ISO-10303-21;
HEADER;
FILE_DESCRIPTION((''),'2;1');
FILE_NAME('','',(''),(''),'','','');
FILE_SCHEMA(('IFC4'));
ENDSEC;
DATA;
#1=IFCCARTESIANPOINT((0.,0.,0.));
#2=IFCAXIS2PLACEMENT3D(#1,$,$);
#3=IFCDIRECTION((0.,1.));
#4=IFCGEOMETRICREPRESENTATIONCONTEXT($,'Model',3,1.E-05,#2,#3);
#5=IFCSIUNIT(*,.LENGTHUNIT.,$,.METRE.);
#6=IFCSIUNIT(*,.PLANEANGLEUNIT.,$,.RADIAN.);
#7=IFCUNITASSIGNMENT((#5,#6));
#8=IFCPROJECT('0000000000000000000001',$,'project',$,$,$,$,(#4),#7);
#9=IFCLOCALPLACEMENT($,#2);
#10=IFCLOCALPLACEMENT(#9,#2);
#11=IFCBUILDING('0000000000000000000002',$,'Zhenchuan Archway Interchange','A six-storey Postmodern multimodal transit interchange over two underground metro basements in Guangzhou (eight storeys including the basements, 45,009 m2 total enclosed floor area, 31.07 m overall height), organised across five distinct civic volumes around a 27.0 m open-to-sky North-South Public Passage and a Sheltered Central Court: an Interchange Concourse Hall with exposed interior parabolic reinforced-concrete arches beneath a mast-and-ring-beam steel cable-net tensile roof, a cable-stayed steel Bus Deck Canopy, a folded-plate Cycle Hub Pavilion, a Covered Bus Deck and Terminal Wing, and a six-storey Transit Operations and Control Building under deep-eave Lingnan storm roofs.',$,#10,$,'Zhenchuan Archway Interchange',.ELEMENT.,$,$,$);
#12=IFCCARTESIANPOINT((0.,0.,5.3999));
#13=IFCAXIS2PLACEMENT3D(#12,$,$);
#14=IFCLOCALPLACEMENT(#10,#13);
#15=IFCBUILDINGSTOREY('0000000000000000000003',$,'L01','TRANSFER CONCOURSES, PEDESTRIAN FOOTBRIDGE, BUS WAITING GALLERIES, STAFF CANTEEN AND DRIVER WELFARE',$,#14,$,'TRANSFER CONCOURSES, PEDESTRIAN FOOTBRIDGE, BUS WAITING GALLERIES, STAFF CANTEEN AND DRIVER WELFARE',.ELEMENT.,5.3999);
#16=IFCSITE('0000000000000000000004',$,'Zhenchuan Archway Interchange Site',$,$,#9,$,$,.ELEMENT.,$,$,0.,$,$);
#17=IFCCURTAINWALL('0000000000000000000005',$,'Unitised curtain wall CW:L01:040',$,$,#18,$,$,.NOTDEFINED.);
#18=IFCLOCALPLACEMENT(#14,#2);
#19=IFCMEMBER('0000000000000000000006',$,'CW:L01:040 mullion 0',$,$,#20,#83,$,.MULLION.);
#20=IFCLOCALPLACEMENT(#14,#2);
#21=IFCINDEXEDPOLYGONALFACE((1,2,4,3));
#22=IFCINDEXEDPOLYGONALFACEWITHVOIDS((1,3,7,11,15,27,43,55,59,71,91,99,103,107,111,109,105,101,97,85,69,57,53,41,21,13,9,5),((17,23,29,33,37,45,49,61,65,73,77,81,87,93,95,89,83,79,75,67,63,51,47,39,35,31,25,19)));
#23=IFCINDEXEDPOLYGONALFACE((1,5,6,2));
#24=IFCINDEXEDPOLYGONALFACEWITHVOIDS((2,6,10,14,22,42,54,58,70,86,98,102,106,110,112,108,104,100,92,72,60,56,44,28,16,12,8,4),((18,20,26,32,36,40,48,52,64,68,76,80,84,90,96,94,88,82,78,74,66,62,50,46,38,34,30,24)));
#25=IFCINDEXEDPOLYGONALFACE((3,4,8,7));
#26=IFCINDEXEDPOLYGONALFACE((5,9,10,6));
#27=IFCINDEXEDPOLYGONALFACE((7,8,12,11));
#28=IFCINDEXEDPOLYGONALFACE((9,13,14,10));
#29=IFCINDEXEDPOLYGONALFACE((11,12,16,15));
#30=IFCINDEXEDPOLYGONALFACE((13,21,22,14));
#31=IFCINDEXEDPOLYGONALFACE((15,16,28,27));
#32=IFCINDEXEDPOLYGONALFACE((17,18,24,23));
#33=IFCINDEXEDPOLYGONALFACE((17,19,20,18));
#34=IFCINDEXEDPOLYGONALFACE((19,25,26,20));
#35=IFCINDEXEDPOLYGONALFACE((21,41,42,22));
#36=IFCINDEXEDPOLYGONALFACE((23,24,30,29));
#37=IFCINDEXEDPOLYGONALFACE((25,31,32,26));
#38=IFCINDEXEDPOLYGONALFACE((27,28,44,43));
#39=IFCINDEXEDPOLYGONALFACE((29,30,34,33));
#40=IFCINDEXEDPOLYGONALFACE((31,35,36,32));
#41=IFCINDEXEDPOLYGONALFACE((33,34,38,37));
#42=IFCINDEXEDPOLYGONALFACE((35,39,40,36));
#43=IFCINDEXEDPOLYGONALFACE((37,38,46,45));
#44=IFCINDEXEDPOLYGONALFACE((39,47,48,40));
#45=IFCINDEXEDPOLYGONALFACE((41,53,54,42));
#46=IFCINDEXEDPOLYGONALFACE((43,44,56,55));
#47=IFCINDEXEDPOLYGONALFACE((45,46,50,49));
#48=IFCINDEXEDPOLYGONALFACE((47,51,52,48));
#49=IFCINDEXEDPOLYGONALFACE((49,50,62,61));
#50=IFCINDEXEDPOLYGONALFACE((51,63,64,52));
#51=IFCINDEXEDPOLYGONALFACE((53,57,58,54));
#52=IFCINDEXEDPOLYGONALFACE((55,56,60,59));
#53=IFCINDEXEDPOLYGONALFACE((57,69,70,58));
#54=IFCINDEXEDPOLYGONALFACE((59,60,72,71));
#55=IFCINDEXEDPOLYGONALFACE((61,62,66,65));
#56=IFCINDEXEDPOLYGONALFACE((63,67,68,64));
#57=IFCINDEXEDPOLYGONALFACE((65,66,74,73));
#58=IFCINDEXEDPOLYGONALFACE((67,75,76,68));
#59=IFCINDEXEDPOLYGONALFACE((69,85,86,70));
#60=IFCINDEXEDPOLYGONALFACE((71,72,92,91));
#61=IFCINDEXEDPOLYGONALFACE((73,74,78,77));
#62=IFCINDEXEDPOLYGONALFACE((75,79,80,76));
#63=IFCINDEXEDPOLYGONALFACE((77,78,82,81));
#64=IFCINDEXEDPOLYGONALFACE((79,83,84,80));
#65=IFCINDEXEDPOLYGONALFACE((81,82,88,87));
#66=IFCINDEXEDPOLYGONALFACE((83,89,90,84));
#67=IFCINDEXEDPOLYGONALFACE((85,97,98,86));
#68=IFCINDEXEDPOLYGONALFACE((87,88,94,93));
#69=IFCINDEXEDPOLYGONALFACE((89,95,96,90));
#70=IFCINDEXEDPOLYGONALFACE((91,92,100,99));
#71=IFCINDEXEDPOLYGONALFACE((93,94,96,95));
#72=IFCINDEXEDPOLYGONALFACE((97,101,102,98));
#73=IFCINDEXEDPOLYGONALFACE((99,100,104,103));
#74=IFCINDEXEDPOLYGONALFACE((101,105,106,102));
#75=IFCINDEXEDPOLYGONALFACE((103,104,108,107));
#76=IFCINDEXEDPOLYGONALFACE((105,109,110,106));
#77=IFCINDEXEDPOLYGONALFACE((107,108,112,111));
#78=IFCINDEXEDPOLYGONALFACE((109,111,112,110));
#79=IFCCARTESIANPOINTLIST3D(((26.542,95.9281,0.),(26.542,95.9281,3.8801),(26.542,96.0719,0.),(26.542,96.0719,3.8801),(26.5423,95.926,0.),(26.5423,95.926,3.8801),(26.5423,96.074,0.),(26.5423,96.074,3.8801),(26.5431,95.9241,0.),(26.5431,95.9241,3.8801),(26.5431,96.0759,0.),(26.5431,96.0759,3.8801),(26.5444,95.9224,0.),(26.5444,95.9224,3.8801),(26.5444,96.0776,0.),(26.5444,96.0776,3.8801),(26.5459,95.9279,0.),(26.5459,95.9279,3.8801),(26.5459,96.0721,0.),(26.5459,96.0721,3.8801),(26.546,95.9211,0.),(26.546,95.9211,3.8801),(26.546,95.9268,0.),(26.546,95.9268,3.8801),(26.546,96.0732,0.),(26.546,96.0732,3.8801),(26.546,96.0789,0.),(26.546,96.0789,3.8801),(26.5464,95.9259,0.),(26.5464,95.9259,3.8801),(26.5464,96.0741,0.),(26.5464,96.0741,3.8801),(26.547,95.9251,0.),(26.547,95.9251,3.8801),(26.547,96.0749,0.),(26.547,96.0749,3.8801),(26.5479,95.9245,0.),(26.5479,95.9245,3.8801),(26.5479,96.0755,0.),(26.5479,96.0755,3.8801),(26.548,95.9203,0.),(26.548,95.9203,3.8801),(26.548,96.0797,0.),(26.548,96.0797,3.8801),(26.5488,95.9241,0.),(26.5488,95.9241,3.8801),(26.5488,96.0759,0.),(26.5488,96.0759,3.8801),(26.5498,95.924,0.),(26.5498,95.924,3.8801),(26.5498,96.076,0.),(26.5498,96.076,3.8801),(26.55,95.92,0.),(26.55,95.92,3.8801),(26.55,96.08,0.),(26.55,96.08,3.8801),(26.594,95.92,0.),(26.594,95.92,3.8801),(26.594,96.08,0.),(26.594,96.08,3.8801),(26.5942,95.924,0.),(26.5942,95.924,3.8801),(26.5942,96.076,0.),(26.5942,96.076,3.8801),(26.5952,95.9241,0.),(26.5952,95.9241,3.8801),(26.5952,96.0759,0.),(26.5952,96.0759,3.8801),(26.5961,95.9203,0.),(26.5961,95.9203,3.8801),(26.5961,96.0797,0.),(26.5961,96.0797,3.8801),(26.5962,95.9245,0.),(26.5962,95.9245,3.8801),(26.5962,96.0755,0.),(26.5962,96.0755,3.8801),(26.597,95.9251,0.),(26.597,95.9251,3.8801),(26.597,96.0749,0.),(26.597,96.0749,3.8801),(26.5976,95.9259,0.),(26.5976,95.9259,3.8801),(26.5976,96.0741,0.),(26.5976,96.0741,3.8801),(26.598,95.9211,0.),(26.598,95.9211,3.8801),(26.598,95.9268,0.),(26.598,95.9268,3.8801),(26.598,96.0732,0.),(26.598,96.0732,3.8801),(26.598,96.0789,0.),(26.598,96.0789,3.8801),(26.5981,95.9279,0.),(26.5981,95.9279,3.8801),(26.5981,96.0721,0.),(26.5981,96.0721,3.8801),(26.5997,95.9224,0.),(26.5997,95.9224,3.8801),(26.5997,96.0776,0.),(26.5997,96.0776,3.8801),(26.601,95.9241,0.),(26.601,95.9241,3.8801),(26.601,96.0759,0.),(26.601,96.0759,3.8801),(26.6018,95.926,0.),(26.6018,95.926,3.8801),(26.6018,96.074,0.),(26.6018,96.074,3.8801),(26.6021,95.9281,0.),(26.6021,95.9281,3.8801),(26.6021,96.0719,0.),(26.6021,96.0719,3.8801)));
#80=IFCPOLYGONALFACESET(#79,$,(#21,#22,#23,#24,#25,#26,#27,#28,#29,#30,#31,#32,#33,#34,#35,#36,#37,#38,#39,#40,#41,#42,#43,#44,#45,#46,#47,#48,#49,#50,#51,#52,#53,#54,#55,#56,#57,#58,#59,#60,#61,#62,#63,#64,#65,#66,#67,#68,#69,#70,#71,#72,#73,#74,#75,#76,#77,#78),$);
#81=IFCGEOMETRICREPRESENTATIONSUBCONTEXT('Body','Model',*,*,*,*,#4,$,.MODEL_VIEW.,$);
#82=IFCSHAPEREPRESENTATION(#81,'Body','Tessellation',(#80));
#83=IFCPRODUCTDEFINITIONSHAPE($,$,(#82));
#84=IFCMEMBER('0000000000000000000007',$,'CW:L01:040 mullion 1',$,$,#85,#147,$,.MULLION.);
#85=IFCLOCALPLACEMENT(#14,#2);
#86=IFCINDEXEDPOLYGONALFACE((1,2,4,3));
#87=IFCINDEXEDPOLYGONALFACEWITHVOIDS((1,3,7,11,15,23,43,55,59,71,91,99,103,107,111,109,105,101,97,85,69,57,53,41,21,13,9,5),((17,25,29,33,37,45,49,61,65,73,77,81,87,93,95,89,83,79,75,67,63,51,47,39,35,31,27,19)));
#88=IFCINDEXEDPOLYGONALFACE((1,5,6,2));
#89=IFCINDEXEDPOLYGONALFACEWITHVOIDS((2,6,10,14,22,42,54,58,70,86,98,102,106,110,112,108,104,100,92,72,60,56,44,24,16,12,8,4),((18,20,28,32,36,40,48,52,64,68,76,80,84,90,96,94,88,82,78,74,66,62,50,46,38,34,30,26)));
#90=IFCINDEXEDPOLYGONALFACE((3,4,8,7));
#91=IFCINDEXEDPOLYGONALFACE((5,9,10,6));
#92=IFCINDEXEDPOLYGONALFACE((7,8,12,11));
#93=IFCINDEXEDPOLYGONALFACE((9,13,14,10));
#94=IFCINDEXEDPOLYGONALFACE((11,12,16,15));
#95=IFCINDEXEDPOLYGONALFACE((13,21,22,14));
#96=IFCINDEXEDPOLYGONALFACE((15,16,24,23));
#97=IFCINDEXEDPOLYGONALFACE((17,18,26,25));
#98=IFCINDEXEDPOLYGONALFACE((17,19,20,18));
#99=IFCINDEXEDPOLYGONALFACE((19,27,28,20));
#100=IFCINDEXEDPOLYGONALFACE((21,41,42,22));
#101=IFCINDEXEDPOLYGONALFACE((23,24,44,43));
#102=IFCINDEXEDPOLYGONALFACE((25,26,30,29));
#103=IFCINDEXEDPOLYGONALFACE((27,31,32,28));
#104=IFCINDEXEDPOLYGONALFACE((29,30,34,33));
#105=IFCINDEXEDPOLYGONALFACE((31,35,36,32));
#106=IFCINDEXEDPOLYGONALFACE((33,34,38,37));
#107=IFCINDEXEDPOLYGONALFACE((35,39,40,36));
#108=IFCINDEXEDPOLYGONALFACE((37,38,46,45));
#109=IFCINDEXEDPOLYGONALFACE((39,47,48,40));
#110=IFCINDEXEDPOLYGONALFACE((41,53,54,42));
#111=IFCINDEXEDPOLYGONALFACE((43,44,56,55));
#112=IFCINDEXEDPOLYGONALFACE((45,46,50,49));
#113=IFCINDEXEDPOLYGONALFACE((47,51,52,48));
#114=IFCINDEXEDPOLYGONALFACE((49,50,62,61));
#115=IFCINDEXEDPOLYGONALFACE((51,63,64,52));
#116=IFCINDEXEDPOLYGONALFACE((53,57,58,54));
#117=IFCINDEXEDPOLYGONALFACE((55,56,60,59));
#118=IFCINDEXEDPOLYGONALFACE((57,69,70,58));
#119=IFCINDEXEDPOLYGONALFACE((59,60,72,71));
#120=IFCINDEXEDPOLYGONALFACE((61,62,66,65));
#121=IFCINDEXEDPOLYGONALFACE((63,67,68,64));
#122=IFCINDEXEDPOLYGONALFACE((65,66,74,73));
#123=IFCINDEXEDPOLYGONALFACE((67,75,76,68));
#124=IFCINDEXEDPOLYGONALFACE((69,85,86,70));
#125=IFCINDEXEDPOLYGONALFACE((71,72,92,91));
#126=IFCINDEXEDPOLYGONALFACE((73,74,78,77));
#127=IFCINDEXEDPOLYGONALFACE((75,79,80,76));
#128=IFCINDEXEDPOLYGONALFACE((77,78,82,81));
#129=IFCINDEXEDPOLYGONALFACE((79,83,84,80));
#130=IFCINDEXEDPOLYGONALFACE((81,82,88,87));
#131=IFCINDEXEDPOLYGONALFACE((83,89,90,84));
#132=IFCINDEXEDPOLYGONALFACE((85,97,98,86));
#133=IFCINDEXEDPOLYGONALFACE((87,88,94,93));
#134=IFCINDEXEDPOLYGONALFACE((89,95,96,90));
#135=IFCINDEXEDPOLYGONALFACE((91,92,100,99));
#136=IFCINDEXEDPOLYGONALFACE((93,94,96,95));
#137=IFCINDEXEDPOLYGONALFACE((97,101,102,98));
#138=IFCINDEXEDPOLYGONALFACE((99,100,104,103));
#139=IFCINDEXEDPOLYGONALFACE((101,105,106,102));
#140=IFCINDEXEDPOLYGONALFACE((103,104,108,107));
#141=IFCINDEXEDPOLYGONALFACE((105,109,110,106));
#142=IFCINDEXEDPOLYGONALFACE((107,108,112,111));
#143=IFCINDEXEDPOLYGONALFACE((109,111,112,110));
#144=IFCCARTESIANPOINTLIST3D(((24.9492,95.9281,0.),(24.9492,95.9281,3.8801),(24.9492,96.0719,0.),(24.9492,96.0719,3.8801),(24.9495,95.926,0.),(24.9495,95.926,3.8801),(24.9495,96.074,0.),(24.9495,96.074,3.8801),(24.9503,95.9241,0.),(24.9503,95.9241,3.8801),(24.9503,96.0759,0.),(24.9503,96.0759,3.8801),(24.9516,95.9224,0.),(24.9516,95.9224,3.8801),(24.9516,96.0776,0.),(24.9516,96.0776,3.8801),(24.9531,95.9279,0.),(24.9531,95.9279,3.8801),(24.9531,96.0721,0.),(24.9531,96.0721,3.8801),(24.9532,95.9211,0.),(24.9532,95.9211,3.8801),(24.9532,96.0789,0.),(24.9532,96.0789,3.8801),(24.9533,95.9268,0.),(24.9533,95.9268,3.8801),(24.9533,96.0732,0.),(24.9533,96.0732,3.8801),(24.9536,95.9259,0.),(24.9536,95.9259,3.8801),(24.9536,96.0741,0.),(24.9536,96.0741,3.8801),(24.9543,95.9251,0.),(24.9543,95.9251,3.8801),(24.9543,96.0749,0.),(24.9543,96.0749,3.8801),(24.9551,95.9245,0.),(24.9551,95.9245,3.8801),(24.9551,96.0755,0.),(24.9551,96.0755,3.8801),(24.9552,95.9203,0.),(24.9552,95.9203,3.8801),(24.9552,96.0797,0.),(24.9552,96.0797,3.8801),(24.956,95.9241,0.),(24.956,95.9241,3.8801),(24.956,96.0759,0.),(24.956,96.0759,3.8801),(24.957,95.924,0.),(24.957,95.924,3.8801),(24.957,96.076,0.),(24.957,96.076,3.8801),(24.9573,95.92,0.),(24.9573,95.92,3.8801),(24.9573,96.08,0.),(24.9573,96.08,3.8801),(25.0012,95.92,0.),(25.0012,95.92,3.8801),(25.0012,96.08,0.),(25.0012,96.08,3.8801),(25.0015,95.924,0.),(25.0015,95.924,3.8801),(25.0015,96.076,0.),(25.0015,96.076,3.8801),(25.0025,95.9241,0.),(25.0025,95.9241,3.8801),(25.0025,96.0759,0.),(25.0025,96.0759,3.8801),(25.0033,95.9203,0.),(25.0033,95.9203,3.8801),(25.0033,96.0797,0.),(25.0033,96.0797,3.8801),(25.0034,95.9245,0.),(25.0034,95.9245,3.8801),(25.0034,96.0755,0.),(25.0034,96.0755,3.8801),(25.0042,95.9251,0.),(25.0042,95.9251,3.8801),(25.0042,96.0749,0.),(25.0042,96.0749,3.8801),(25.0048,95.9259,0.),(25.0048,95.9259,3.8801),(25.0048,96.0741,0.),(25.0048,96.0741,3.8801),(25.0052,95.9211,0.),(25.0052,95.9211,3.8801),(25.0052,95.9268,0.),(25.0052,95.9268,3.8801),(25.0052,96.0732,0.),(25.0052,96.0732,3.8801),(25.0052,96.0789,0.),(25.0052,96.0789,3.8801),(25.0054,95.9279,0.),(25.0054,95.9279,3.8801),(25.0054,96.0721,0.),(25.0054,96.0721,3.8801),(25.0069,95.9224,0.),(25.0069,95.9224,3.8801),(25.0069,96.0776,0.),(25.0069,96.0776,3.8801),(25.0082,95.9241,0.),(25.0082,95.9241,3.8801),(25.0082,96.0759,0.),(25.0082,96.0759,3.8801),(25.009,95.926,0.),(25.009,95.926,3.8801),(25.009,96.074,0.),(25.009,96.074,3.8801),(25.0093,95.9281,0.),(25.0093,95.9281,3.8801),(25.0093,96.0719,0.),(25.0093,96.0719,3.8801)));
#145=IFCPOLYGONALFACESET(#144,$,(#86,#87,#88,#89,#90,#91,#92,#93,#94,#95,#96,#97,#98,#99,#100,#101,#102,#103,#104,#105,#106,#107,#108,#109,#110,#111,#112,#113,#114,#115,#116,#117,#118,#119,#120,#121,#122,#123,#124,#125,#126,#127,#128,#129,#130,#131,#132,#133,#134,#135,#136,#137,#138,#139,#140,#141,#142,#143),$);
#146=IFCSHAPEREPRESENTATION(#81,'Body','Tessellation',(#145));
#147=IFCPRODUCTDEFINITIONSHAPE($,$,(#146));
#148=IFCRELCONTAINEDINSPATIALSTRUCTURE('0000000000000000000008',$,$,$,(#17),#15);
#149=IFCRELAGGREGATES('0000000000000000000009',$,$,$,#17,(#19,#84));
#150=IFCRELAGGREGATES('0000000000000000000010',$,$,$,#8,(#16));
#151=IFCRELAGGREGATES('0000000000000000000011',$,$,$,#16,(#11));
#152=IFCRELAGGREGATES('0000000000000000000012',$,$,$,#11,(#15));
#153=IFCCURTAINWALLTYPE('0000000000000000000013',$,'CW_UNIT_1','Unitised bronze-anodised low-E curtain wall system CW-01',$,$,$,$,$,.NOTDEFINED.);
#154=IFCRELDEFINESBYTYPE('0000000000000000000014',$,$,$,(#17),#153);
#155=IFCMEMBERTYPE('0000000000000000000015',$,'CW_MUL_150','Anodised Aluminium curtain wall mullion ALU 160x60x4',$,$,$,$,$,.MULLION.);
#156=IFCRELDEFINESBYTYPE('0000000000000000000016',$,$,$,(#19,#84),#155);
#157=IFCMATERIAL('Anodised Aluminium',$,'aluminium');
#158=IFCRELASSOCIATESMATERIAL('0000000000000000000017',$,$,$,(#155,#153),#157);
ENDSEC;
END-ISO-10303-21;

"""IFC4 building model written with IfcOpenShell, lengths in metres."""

from ifc_helpers import new_model, si_unit, direction, frame, origin, origin_2d, place, context, subcontext, project, spatial, hollow_rectangle, extrude, material, material_profile, profile_set, type_object, element, aggregate, save


model = new_model("IFC4")

# Units and contexts
model_context = context("Model", 3, precision=1e-05, world=origin(), true_north=direction((0.0, 1.0)))
body_context = subcontext(model_context, "Body", "Model", "MODEL_VIEW")
ifc_project = project(units=[si_unit("LENGTHUNIT", "METRE"), si_unit("PLANEANGLEUNIT", "RADIAN")], contexts=[model_context])

# Site, building, storey
site_placement = place(None, origin())
site = spatial("IfcSite", under=ifc_project, at=site_placement, Name="Zhenchuan Archway Interchange Site", CompositionType="ELEMENT", RefElevation=0.0)
building_placement = place(site_placement, origin())
building = spatial("IfcBuilding", under=site, at=building_placement, Name="Zhenchuan Archway Interchange", Description="A six-storey Postmodern multimodal transit interchange over two underground metro basements in Guangzhou (eight storeys including the basements, 45,009 m2 total enclosed floor area, 31.07 m overall height), organised across five distinct civic volumes around a 27.0 m open-to-sky North-South Public Passage and a Sheltered Central Court: an Interchange Concourse Hall with exposed interior parabolic reinforced-concrete arches beneath a mast-and-ring-beam steel cable-net tensile roof, a cable-stayed steel Bus Deck Canopy, a folded-plate Cycle Hub Pavilion, a Covered Bus Deck and Terminal Wing, and a six-storey Transit Operations and Control Building under deep-eave Lingnan storm roofs.", LongName="Zhenchuan Archway Interchange", CompositionType="ELEMENT")
storey_placement = place(building_placement, frame((0.0, 0.0, 5.3999)))
storey = spatial("IfcBuildingStorey", under=building, at=storey_placement, Name="L01", Description="TRANSFER CONCOURSES, PEDESTRIAN FOOTBRIDGE, BUS WAITING GALLERIES, STAFF CANTEEN AND DRIVER WELFARE", LongName="TRANSFER CONCOURSES, PEDESTRIAN FOOTBRIDGE, BUS WAITING GALLERIES, STAFF CANTEEN AND DRIVER WELFARE", CompositionType="ELEMENT", Elevation=5.3999)

# Curtain wall, members
ifc_material_1 = material(Name="Anodised Aluminium", Category="aluminium")
ifc_material_profile_1 = material_profile(ifc_material_1, hollow_rectangle(XDim=0.0601, YDim=0.1599, WallThickness=0.0039, InnerFilletRadius=0.0039, OuterFilletRadius=0.0081, at=origin_2d()), Name="ALU 160x60x4")
ifc_profile_set_1 = profile_set([ifc_material_profile_1], Name="Anodised Aluminium")
member_type_1 = type_object("IfcMemberType", Name="CW_MUL_150", Description="Anodised Aluminium curtain wall mullion ALU 160x60x4", PredefinedType="MULLION", material=ifc_profile_set_1)
curtain_wall_type_1 = type_object("IfcCurtainWallType", Name="CW_UNIT_1", Description="Unitised bronze-anodised low-E curtain wall system CW-01", PredefinedType="NOTDEFINED", material=ifc_material_1)
curtain_wall_1_placement = place(storey_placement, origin())
curtain_wall_1 = element("IfcCurtainWall", 1, at=curtain_wall_1_placement, inside=storey, type_object=curtain_wall_type_1, Name="Unitised curtain wall CW:L01:040", PredefinedType="NOTDEFINED")
member_1_placement = place(storey_placement, frame((26.572, 96.0, 0.0), z_axis=(0.0, 0.0, 1.0), x_axis=(1.0, 0.0, 0.0)))
member_1 = element("IfcMember", 2, at=member_1_placement, type_object=member_type_1, Name="CW:L01:040 mullion 0", PredefinedType="MULLION", context=body_context, shape_type="SweptSolid", body=[
    extrude(hollow_rectangle(XDim=0.0601, YDim=0.1599, WallThickness=0.0039, InnerFilletRadius=0.0039, OuterFilletRadius=0.0081, at=origin_2d()), origin(), (0.0, 0.0, 1.0), 3.8801),
])
member_2_placement = place(storey_placement, frame((24.9792, 96.0, 0.0), z_axis=(0.0, 0.0, 1.0), x_axis=(1.0, 0.0, 0.0)))
member_2 = element("IfcMember", 3, at=member_2_placement, type_object=member_type_1, Name="CW:L01:040 mullion 1", PredefinedType="MULLION", context=body_context, shape_type="SweptSolid", body=[
    extrude(hollow_rectangle(XDim=0.0601, YDim=0.1599, WallThickness=0.0039, InnerFilletRadius=0.0039, OuterFilletRadius=0.0081, at=origin_2d()), origin(), (0.0, 0.0, 1.0), 3.8801),
])

aggregate(curtain_wall_1, [member_1, member_2])

save(model, "model.ifc")
